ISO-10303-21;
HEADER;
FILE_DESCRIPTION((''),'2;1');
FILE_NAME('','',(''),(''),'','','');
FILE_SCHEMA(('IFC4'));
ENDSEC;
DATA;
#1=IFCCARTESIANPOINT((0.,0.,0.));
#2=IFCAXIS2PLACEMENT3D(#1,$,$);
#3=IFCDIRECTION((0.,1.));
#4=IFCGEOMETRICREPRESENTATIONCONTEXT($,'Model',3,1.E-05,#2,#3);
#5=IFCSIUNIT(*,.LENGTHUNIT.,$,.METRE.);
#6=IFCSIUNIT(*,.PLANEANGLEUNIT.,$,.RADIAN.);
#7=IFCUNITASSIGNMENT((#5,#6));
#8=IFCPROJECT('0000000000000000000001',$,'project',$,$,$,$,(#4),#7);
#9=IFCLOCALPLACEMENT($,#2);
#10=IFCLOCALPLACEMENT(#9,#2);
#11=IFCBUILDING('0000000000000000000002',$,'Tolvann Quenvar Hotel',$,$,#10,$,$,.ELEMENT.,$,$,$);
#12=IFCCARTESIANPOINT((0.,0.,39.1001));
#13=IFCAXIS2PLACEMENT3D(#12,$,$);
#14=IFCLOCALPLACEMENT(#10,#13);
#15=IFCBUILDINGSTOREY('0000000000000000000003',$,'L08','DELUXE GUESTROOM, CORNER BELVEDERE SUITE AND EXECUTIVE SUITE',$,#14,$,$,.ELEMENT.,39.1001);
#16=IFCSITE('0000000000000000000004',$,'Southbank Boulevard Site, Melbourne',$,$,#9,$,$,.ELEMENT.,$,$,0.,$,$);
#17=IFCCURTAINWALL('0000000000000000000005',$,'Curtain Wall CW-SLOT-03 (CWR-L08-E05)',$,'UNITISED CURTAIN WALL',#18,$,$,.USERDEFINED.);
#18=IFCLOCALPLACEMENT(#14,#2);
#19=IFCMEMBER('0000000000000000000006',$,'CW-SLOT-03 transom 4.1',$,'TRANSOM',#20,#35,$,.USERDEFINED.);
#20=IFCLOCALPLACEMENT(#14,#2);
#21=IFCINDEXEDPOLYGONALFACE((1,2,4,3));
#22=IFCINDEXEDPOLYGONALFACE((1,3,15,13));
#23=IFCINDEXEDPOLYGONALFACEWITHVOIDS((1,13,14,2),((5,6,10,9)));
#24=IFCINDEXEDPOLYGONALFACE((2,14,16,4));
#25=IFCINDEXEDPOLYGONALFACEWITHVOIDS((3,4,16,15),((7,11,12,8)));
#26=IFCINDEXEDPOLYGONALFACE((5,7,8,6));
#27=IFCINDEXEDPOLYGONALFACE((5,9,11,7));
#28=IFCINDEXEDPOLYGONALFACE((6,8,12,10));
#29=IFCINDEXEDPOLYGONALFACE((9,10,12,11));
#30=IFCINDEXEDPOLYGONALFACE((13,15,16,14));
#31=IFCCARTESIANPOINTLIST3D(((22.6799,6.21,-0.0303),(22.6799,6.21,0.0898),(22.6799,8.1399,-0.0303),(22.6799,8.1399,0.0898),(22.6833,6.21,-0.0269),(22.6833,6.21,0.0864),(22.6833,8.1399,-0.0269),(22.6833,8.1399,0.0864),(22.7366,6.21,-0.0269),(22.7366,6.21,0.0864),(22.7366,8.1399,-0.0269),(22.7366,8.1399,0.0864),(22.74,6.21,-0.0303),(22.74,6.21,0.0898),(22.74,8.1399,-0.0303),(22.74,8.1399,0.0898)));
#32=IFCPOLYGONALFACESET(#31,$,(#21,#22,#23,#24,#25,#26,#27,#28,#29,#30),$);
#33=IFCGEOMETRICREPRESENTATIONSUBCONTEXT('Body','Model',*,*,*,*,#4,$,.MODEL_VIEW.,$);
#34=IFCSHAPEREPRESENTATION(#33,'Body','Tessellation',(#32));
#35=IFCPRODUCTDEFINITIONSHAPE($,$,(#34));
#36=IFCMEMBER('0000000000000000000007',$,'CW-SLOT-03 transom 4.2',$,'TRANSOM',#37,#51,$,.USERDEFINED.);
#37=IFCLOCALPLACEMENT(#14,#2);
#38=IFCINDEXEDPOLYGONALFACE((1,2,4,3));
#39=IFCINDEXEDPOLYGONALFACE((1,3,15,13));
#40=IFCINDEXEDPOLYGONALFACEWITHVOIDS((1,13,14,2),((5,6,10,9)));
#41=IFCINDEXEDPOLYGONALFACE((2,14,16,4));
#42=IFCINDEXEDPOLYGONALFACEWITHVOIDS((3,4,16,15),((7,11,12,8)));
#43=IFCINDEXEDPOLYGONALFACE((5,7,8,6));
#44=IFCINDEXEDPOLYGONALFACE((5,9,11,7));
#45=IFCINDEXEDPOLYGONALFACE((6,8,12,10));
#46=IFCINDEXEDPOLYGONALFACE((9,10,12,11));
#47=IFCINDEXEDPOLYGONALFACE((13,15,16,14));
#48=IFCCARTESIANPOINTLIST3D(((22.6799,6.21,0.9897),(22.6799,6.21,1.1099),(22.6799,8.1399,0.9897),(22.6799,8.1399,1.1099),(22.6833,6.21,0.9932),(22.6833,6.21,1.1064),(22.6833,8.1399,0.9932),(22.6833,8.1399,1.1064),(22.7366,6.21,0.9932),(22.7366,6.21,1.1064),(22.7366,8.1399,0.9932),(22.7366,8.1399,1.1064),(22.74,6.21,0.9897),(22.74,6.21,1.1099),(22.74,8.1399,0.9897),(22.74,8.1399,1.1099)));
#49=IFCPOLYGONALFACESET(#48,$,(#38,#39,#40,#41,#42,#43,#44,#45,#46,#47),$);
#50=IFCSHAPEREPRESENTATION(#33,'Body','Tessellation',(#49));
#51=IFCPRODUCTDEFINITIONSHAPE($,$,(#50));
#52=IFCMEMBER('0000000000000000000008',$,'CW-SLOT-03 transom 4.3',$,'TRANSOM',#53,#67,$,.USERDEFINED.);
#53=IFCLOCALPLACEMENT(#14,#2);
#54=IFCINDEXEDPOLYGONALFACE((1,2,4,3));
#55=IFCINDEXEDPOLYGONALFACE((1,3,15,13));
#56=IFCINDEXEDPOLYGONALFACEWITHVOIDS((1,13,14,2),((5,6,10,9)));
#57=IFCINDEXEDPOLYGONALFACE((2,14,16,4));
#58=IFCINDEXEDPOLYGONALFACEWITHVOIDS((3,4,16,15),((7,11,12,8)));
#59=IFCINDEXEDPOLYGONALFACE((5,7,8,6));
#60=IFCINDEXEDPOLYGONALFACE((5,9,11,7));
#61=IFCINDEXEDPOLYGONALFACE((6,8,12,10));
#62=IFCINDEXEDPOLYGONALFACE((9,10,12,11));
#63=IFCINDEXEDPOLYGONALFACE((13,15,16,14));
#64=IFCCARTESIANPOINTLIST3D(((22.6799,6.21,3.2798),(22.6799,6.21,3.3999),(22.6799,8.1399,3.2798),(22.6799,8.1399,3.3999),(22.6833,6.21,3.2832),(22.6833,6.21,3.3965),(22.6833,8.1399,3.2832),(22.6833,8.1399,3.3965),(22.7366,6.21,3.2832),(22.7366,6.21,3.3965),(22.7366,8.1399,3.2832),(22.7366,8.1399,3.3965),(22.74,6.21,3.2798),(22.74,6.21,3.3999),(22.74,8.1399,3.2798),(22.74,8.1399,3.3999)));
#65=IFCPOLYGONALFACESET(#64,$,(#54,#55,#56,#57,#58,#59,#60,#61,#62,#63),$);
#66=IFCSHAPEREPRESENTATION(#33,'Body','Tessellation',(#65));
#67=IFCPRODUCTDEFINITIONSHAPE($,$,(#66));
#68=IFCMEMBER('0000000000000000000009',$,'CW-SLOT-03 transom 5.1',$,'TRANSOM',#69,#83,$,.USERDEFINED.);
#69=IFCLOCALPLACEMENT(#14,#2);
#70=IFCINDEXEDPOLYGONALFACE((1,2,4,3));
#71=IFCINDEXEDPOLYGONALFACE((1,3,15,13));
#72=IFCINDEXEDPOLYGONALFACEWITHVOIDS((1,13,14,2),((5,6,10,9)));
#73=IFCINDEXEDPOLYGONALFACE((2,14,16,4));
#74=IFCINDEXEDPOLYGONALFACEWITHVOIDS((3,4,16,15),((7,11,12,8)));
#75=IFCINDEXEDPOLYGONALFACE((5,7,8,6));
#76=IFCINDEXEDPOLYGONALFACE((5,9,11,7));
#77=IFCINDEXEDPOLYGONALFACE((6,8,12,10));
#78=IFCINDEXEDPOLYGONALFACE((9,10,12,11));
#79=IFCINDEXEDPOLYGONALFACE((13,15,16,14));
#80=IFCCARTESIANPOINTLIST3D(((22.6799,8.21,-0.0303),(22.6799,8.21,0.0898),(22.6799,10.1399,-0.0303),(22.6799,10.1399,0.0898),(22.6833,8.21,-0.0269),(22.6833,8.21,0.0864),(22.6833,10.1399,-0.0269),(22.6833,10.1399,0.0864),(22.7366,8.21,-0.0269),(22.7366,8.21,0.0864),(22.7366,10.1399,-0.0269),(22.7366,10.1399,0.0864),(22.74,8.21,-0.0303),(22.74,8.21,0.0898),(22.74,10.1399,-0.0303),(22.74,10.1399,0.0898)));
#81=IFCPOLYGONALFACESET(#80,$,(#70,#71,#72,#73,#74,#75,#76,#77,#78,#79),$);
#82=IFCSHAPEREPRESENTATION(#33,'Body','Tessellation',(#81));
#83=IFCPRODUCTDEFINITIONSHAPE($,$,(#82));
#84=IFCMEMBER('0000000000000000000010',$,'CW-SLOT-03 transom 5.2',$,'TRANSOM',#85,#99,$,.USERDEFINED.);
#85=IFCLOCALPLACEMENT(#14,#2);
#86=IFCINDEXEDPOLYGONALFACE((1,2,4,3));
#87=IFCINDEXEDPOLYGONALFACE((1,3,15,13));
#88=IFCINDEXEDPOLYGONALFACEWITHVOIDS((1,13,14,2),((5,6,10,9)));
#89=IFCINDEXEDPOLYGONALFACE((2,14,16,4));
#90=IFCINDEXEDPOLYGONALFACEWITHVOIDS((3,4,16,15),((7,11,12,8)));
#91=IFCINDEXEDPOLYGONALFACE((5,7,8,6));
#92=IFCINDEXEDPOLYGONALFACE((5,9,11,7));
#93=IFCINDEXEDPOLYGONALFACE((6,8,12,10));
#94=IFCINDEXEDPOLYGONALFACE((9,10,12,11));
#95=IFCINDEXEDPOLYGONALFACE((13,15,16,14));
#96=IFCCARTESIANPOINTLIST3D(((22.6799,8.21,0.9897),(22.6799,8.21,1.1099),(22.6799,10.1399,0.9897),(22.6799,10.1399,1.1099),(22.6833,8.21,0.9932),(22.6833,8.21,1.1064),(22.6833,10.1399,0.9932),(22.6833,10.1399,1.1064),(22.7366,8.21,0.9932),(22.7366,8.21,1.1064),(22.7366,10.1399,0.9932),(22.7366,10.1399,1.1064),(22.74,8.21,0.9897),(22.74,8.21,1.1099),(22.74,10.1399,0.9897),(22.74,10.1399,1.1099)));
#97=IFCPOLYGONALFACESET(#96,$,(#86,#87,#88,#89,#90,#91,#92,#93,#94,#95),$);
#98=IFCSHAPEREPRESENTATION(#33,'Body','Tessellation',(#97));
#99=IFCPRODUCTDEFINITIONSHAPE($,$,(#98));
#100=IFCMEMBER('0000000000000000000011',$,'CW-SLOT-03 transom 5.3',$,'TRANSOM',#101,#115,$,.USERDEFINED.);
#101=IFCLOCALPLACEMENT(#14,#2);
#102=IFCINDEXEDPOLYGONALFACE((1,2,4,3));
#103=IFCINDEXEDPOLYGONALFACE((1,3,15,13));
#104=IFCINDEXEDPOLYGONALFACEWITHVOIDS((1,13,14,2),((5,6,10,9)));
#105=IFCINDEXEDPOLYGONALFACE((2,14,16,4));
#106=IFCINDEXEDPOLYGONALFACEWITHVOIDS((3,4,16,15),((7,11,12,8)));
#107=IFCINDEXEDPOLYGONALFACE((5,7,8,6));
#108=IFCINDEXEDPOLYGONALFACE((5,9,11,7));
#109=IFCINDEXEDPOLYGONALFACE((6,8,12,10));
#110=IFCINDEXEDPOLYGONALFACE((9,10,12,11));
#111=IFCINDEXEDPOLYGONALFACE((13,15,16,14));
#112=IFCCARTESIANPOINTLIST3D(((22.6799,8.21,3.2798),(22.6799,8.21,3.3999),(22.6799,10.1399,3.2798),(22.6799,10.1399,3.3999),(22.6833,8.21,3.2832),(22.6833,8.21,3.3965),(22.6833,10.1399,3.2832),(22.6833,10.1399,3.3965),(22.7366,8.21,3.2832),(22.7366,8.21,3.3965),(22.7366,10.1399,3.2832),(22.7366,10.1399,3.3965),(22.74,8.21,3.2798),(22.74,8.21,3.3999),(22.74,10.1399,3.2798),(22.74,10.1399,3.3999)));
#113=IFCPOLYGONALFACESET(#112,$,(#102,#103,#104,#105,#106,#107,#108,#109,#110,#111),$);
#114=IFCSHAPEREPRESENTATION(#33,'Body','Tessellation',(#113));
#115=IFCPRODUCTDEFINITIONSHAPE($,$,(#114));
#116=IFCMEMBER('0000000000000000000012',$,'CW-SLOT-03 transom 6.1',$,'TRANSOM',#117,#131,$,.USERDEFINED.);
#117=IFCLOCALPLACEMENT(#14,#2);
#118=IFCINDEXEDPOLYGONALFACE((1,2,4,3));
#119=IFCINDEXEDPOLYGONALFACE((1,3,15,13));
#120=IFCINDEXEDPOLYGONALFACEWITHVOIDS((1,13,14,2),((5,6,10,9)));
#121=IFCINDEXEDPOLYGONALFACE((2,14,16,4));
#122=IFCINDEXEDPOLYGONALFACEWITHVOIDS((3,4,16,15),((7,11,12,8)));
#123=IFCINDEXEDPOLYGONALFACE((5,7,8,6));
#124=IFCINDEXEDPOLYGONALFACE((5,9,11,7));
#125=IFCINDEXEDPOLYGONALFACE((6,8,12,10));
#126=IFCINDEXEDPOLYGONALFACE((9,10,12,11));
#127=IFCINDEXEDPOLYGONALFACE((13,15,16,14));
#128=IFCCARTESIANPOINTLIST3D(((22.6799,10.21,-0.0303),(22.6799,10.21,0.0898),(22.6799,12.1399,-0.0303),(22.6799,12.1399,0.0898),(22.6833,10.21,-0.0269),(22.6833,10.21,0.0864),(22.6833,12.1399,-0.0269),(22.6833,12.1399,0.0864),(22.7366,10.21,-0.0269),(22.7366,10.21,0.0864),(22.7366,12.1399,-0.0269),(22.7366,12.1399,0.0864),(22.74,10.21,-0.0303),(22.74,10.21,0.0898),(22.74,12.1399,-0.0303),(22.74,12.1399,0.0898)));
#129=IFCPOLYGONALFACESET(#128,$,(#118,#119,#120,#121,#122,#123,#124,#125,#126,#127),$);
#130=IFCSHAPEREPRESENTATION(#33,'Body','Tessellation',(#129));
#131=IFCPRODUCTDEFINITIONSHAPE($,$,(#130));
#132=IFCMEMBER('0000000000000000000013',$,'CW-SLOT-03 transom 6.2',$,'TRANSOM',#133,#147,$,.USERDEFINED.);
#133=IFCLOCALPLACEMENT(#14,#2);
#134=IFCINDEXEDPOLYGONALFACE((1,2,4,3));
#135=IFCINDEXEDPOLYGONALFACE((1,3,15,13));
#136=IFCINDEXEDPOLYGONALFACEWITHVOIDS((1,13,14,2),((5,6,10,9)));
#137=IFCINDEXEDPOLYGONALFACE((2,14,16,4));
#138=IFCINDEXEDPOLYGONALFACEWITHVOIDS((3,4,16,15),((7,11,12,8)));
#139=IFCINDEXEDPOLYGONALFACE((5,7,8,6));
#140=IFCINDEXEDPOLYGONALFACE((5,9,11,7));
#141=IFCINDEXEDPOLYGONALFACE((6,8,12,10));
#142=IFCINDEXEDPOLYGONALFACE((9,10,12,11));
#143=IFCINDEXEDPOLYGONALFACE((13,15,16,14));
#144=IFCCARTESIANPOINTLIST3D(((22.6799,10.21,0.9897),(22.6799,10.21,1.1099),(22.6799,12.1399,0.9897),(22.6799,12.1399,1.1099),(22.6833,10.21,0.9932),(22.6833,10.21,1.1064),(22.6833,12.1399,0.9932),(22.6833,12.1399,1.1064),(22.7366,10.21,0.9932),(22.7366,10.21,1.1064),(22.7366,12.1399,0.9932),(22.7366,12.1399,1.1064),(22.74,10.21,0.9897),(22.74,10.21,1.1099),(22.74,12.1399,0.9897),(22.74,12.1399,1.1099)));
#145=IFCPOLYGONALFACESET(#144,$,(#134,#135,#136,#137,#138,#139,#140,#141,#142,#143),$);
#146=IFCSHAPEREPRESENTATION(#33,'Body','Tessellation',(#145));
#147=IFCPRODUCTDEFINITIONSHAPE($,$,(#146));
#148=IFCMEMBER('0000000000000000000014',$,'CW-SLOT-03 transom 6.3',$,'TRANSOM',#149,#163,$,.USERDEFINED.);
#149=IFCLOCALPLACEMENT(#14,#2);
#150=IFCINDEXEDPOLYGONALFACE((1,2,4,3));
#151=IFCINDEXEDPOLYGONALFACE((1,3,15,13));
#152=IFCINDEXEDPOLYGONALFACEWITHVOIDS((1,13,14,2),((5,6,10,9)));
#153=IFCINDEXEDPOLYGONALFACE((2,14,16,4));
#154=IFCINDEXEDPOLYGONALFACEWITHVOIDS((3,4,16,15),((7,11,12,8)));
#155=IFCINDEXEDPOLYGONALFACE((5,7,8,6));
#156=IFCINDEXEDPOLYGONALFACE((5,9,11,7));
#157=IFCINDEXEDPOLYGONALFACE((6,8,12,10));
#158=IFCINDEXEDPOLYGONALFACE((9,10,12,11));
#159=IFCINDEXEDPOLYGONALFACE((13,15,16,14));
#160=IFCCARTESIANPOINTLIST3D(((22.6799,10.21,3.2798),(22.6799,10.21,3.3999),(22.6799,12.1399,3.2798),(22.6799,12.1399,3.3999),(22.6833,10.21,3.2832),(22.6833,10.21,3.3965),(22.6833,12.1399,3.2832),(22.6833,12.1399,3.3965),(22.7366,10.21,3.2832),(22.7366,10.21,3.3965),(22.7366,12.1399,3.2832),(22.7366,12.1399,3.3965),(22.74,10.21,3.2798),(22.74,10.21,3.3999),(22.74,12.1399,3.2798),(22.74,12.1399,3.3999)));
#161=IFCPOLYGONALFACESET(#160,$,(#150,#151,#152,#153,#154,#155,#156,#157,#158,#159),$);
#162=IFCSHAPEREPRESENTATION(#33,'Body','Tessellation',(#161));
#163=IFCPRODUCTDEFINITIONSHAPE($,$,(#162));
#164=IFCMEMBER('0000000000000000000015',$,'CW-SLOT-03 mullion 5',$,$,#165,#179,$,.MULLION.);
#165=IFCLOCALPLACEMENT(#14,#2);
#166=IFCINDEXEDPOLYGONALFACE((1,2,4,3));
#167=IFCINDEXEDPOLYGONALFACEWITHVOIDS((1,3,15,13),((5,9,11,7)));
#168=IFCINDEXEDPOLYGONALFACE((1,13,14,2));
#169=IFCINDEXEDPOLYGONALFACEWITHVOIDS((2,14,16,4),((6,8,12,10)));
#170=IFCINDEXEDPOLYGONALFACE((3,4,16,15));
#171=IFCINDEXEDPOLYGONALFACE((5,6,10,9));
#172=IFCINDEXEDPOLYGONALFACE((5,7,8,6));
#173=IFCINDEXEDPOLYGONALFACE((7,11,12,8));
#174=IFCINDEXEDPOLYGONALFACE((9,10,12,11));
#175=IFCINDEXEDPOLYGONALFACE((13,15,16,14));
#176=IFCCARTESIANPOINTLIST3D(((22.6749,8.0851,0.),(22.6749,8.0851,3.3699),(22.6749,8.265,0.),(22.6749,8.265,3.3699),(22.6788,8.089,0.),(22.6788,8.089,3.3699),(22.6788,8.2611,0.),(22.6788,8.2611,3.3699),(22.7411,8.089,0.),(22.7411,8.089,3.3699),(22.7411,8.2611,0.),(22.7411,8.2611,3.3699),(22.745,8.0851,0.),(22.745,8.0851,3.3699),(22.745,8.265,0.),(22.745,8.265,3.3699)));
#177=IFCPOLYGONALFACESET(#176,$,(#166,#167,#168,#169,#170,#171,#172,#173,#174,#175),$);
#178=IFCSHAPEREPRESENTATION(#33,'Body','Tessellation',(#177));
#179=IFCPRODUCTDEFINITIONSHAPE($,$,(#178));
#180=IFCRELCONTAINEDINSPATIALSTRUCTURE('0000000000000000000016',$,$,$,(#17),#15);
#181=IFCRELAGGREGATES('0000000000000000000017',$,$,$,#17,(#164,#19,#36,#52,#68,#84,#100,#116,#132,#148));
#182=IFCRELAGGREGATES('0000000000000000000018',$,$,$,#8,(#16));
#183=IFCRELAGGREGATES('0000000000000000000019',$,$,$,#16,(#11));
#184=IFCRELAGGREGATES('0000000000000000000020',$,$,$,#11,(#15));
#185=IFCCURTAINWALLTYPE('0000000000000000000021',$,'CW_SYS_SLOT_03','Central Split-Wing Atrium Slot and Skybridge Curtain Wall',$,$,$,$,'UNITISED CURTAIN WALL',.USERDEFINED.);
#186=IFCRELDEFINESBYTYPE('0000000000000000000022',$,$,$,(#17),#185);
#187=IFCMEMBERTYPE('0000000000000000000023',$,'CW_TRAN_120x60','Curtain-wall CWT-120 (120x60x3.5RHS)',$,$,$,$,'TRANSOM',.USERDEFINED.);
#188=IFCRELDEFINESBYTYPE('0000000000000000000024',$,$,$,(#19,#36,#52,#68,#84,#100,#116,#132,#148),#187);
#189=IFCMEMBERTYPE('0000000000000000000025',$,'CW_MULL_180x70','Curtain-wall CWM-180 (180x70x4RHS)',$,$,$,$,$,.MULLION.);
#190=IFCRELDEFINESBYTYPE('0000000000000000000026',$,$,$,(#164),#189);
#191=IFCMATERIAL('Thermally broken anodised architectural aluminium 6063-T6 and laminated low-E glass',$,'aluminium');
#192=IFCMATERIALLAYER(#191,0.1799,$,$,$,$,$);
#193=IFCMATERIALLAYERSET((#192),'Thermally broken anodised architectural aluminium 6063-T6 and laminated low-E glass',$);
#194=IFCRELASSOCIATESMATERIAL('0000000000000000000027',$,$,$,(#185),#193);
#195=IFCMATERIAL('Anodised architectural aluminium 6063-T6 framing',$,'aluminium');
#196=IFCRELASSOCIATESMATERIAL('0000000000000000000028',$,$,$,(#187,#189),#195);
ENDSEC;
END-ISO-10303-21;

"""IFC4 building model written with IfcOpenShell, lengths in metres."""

from ifc_helpers import new_model, si_unit, direction, frame, origin, origin_2d, place, context, subcontext, project, spatial, hollow_rectangle, extrude, source, transform, mapped, material, layer, layer_set, material_profile, profile_set, type_object, type_shapes, element, aggregate, save


model = new_model("IFC4")

# Units and contexts
model_context = context("Model", 3, precision=1e-05, world=origin(), true_north=direction((0.0, 1.0)))
body_context = subcontext(model_context, "Body", "Model", "MODEL_VIEW")
ifc_project = project(units=[si_unit("LENGTHUNIT", "METRE"), si_unit("PLANEANGLEUNIT", "RADIAN")], contexts=[model_context])

# Site, building, storey
site_placement = place(None, origin())
site = spatial("IfcSite", under=ifc_project, at=site_placement, Name="Southbank Boulevard Site, Melbourne", CompositionType="ELEMENT", RefElevation=0.0)
building_placement = place(site_placement, origin())
building = spatial("IfcBuilding", under=site, at=building_placement, Name="Tolvann Quenvar Hotel", CompositionType="ELEMENT")
storey_placement = place(building_placement, frame((0.0, 0.0, 39.1001)))
storey = spatial("IfcBuildingStorey", under=building, at=storey_placement, Name="L08", Description="DELUXE GUESTROOM, CORNER BELVEDERE SUITE AND EXECUTIVE SUITE", CompositionType="ELEMENT", Elevation=39.1001)

# Curtain wall, members
ifc_material_1 = material(Name="Thermally broken anodised architectural aluminium 6063-T6 and laminated low-E glass", Category="aluminium")
ifc_layer_1 = layer(ifc_material_1, 0.1799)
ifc_layer_set_1 = layer_set([ifc_layer_1], Name="Thermally broken anodised architectural aluminium 6063-T6 and laminated low-E glass")
curtain_wall_type = type_object("IfcCurtainWallType", Name="CW_SYS_SLOT_03", Description="Central Split-Wing Atrium Slot and Skybridge Curtain Wall", ElementType="UNITISED CURTAIN WALL", PredefinedType="USERDEFINED", material=ifc_layer_set_1)
curtain_wall_placement = place(storey_placement, origin())
curtain_wall = element("IfcCurtainWall", 1, at=curtain_wall_placement, inside=storey, type_object=curtain_wall_type, Name="Curtain Wall CW-SLOT-03 (CWR-L08-E05)", ObjectType="UNITISED CURTAIN WALL", PredefinedType="USERDEFINED")
ifc_material_2 = material(Name="Anodised architectural aluminium 6063-T6 framing", Category="aluminium")
ifc_material_profile_1 = material_profile(ifc_material_2, hollow_rectangle(XDim=0.0601, YDim=0.1201, WallThickness=0.0034, at=origin_2d()), Name="120x60x3.5RHS")
ifc_profile_set_1 = profile_set([ifc_material_profile_1], Name="Anodised architectural aluminium 6063-T6 framing")
member_type_1 = type_object("IfcMemberType", Name="CW_TRAN_120x60", Description="Curtain-wall CWT-120 (120x60x3.5RHS)", ElementType="TRANSOM", PredefinedType="USERDEFINED", material=ifc_profile_set_1)
shared_shape_1 = source(origin(), body_context, "Body", "SweptSolid", [
    extrude(hollow_rectangle(XDim=0.0601, YDim=0.1201, WallThickness=0.0034, at=origin_2d()), origin(), (0.0, 0.0, 1.0), 1.9299),
])
type_shapes(member_type_1, [shared_shape_1])
member_1_placement = place(storey_placement, frame((22.71, 6.21, 0.0298), z_axis=(0.0, 1.0, 0.0), x_axis=(-1.0, 0.0, 0.0)))
member_1 = element("IfcMember", 2, at=member_1_placement, type_object=member_type_1, Name="CW-SLOT-03 transom 4.1", ObjectType="TRANSOM", PredefinedType="USERDEFINED", context=body_context, shape_type="MappedRepresentation", body=[
    mapped(shared_shape_1, transform((0.0, 0.0, 0.0), x_axis=(1.0, 0.0, 0.0), y_axis=(0.0, 1.0, 0.0), z_axis=(0.0, 0.0, 1.0), scale=1.0)),
])
member_2_placement = place(storey_placement, frame((22.71, 6.21, 1.0498), z_axis=(0.0, 1.0, 0.0), x_axis=(-1.0, 0.0, 0.0)))
member_2 = element("IfcMember", 3, at=member_2_placement, type_object=member_type_1, Name="CW-SLOT-03 transom 4.2", ObjectType="TRANSOM", PredefinedType="USERDEFINED", context=body_context, shape_type="MappedRepresentation", body=[
    mapped(shared_shape_1, transform((0.0, 0.0, 0.0), x_axis=(1.0, 0.0, 0.0), y_axis=(0.0, 1.0, 0.0), z_axis=(0.0, 0.0, 1.0), scale=1.0)),
])
member_3_placement = place(storey_placement, frame((22.71, 6.21, 3.3398), z_axis=(0.0, 1.0, 0.0), x_axis=(-1.0, 0.0, 0.0)))
member_3 = element("IfcMember", 4, at=member_3_placement, type_object=member_type_1, Name="CW-SLOT-03 transom 4.3", ObjectType="TRANSOM", PredefinedType="USERDEFINED", context=body_context, shape_type="MappedRepresentation", body=[
    mapped(shared_shape_1, transform((0.0, 0.0, 0.0), x_axis=(1.0, 0.0, 0.0), y_axis=(0.0, 1.0, 0.0), z_axis=(0.0, 0.0, 1.0), scale=1.0)),
])
member_4_placement = place(storey_placement, frame((22.71, 8.21, 0.0298), z_axis=(0.0, 1.0, 0.0), x_axis=(-1.0, 0.0, 0.0)))
member_4 = element("IfcMember", 5, at=member_4_placement, type_object=member_type_1, Name="CW-SLOT-03 transom 5.1", ObjectType="TRANSOM", PredefinedType="USERDEFINED", context=body_context, shape_type="MappedRepresentation", body=[
    mapped(shared_shape_1, transform((0.0, 0.0, 0.0), x_axis=(1.0, 0.0, 0.0), y_axis=(0.0, 1.0, 0.0), z_axis=(0.0, 0.0, 1.0), scale=1.0)),
])
member_5_placement = place(storey_placement, frame((22.71, 8.21, 1.0498), z_axis=(0.0, 1.0, 0.0), x_axis=(-1.0, 0.0, 0.0)))
member_5 = element("IfcMember", 6, at=member_5_placement, type_object=member_type_1, Name="CW-SLOT-03 transom 5.2", ObjectType="TRANSOM", PredefinedType="USERDEFINED", context=body_context, shape_type="MappedRepresentation", body=[
    mapped(shared_shape_1, transform((0.0, 0.0, 0.0), x_axis=(1.0, 0.0, 0.0), y_axis=(0.0, 1.0, 0.0), z_axis=(0.0, 0.0, 1.0), scale=1.0)),
])
member_6_placement = place(storey_placement, frame((22.71, 8.21, 3.3398), z_axis=(0.0, 1.0, 0.0), x_axis=(-1.0, 0.0, 0.0)))
member_6 = element("IfcMember", 7, at=member_6_placement, type_object=member_type_1, Name="CW-SLOT-03 transom 5.3", ObjectType="TRANSOM", PredefinedType="USERDEFINED", context=body_context, shape_type="MappedRepresentation", body=[
    mapped(shared_shape_1, transform((0.0, 0.0, 0.0), x_axis=(1.0, 0.0, 0.0), y_axis=(0.0, 1.0, 0.0), z_axis=(0.0, 0.0, 1.0), scale=1.0)),
])
member_7_placement = place(storey_placement, frame((22.71, 10.21, 0.0298), z_axis=(0.0, 1.0, 0.0), x_axis=(-1.0, 0.0, 0.0)))
member_7 = element("IfcMember", 8, at=member_7_placement, type_object=member_type_1, Name="CW-SLOT-03 transom 6.1", ObjectType="TRANSOM", PredefinedType="USERDEFINED", context=body_context, shape_type="MappedRepresentation", body=[
    mapped(shared_shape_1, transform((0.0, 0.0, 0.0), x_axis=(1.0, 0.0, 0.0), y_axis=(0.0, 1.0, 0.0), z_axis=(0.0, 0.0, 1.0), scale=1.0)),
])
member_8_placement = place(storey_placement, frame((22.71, 10.21, 1.0498), z_axis=(0.0, 1.0, 0.0), x_axis=(-1.0, 0.0, 0.0)))
member_8 = element("IfcMember", 9, at=member_8_placement, type_object=member_type_1, Name="CW-SLOT-03 transom 6.2", ObjectType="TRANSOM", PredefinedType="USERDEFINED", context=body_context, shape_type="MappedRepresentation", body=[
    mapped(shared_shape_1, transform((0.0, 0.0, 0.0), x_axis=(1.0, 0.0, 0.0), y_axis=(0.0, 1.0, 0.0), z_axis=(0.0, 0.0, 1.0), scale=1.0)),
])
member_9_placement = place(storey_placement, frame((22.71, 10.21, 3.3398), z_axis=(0.0, 1.0, 0.0), x_axis=(-1.0, 0.0, 0.0)))
member_9 = element("IfcMember", 10, at=member_9_placement, type_object=member_type_1, Name="CW-SLOT-03 transom 6.3", ObjectType="TRANSOM", PredefinedType="USERDEFINED", context=body_context, shape_type="MappedRepresentation", body=[
    mapped(shared_shape_1, transform((0.0, 0.0, 0.0), x_axis=(1.0, 0.0, 0.0), y_axis=(0.0, 1.0, 0.0), z_axis=(0.0, 0.0, 1.0), scale=1.0)),
])
ifc_material_profile_2 = material_profile(ifc_material_2, hollow_rectangle(XDim=0.0701, YDim=0.1799, WallThickness=0.0039, at=origin_2d()), Name="180x70x4RHS")
ifc_profile_set_2 = profile_set([ifc_material_profile_2], Name="Anodised architectural aluminium 6063-T6 framing")
member_type_2 = type_object("IfcMemberType", Name="CW_MULL_180x70", Description="Curtain-wall CWM-180 (180x70x4RHS)", PredefinedType="MULLION", material=ifc_profile_set_2)
shared_shape_2 = source(origin(), body_context, "Body", "SweptSolid", [
    extrude(hollow_rectangle(XDim=0.0701, YDim=0.1799, WallThickness=0.0039, at=origin_2d()), origin(), (0.0, 0.0, 1.0), 3.3699),
])
type_shapes(member_type_2, [shared_shape_2])
member_10_placement = place(storey_placement, frame((22.71, 8.175, 0.0), z_axis=(0.0, 0.0, 1.0), x_axis=(-1.0, 0.0, 0.0)))
member_10 = element("IfcMember", 11, at=member_10_placement, type_object=member_type_2, Name="CW-SLOT-03 mullion 5", PredefinedType="MULLION", context=body_context, shape_type="MappedRepresentation", body=[
    mapped(shared_shape_2, transform((0.0, 0.0, 0.0), x_axis=(1.0, 0.0, 0.0), y_axis=(0.0, 1.0, 0.0), z_axis=(0.0, 0.0, 1.0), scale=1.0)),
])
aggregate(curtain_wall, [member_10, member_1, member_2, member_3, member_4, member_5, member_6, member_7, member_8, member_9])

save(model, "model.ifc")
